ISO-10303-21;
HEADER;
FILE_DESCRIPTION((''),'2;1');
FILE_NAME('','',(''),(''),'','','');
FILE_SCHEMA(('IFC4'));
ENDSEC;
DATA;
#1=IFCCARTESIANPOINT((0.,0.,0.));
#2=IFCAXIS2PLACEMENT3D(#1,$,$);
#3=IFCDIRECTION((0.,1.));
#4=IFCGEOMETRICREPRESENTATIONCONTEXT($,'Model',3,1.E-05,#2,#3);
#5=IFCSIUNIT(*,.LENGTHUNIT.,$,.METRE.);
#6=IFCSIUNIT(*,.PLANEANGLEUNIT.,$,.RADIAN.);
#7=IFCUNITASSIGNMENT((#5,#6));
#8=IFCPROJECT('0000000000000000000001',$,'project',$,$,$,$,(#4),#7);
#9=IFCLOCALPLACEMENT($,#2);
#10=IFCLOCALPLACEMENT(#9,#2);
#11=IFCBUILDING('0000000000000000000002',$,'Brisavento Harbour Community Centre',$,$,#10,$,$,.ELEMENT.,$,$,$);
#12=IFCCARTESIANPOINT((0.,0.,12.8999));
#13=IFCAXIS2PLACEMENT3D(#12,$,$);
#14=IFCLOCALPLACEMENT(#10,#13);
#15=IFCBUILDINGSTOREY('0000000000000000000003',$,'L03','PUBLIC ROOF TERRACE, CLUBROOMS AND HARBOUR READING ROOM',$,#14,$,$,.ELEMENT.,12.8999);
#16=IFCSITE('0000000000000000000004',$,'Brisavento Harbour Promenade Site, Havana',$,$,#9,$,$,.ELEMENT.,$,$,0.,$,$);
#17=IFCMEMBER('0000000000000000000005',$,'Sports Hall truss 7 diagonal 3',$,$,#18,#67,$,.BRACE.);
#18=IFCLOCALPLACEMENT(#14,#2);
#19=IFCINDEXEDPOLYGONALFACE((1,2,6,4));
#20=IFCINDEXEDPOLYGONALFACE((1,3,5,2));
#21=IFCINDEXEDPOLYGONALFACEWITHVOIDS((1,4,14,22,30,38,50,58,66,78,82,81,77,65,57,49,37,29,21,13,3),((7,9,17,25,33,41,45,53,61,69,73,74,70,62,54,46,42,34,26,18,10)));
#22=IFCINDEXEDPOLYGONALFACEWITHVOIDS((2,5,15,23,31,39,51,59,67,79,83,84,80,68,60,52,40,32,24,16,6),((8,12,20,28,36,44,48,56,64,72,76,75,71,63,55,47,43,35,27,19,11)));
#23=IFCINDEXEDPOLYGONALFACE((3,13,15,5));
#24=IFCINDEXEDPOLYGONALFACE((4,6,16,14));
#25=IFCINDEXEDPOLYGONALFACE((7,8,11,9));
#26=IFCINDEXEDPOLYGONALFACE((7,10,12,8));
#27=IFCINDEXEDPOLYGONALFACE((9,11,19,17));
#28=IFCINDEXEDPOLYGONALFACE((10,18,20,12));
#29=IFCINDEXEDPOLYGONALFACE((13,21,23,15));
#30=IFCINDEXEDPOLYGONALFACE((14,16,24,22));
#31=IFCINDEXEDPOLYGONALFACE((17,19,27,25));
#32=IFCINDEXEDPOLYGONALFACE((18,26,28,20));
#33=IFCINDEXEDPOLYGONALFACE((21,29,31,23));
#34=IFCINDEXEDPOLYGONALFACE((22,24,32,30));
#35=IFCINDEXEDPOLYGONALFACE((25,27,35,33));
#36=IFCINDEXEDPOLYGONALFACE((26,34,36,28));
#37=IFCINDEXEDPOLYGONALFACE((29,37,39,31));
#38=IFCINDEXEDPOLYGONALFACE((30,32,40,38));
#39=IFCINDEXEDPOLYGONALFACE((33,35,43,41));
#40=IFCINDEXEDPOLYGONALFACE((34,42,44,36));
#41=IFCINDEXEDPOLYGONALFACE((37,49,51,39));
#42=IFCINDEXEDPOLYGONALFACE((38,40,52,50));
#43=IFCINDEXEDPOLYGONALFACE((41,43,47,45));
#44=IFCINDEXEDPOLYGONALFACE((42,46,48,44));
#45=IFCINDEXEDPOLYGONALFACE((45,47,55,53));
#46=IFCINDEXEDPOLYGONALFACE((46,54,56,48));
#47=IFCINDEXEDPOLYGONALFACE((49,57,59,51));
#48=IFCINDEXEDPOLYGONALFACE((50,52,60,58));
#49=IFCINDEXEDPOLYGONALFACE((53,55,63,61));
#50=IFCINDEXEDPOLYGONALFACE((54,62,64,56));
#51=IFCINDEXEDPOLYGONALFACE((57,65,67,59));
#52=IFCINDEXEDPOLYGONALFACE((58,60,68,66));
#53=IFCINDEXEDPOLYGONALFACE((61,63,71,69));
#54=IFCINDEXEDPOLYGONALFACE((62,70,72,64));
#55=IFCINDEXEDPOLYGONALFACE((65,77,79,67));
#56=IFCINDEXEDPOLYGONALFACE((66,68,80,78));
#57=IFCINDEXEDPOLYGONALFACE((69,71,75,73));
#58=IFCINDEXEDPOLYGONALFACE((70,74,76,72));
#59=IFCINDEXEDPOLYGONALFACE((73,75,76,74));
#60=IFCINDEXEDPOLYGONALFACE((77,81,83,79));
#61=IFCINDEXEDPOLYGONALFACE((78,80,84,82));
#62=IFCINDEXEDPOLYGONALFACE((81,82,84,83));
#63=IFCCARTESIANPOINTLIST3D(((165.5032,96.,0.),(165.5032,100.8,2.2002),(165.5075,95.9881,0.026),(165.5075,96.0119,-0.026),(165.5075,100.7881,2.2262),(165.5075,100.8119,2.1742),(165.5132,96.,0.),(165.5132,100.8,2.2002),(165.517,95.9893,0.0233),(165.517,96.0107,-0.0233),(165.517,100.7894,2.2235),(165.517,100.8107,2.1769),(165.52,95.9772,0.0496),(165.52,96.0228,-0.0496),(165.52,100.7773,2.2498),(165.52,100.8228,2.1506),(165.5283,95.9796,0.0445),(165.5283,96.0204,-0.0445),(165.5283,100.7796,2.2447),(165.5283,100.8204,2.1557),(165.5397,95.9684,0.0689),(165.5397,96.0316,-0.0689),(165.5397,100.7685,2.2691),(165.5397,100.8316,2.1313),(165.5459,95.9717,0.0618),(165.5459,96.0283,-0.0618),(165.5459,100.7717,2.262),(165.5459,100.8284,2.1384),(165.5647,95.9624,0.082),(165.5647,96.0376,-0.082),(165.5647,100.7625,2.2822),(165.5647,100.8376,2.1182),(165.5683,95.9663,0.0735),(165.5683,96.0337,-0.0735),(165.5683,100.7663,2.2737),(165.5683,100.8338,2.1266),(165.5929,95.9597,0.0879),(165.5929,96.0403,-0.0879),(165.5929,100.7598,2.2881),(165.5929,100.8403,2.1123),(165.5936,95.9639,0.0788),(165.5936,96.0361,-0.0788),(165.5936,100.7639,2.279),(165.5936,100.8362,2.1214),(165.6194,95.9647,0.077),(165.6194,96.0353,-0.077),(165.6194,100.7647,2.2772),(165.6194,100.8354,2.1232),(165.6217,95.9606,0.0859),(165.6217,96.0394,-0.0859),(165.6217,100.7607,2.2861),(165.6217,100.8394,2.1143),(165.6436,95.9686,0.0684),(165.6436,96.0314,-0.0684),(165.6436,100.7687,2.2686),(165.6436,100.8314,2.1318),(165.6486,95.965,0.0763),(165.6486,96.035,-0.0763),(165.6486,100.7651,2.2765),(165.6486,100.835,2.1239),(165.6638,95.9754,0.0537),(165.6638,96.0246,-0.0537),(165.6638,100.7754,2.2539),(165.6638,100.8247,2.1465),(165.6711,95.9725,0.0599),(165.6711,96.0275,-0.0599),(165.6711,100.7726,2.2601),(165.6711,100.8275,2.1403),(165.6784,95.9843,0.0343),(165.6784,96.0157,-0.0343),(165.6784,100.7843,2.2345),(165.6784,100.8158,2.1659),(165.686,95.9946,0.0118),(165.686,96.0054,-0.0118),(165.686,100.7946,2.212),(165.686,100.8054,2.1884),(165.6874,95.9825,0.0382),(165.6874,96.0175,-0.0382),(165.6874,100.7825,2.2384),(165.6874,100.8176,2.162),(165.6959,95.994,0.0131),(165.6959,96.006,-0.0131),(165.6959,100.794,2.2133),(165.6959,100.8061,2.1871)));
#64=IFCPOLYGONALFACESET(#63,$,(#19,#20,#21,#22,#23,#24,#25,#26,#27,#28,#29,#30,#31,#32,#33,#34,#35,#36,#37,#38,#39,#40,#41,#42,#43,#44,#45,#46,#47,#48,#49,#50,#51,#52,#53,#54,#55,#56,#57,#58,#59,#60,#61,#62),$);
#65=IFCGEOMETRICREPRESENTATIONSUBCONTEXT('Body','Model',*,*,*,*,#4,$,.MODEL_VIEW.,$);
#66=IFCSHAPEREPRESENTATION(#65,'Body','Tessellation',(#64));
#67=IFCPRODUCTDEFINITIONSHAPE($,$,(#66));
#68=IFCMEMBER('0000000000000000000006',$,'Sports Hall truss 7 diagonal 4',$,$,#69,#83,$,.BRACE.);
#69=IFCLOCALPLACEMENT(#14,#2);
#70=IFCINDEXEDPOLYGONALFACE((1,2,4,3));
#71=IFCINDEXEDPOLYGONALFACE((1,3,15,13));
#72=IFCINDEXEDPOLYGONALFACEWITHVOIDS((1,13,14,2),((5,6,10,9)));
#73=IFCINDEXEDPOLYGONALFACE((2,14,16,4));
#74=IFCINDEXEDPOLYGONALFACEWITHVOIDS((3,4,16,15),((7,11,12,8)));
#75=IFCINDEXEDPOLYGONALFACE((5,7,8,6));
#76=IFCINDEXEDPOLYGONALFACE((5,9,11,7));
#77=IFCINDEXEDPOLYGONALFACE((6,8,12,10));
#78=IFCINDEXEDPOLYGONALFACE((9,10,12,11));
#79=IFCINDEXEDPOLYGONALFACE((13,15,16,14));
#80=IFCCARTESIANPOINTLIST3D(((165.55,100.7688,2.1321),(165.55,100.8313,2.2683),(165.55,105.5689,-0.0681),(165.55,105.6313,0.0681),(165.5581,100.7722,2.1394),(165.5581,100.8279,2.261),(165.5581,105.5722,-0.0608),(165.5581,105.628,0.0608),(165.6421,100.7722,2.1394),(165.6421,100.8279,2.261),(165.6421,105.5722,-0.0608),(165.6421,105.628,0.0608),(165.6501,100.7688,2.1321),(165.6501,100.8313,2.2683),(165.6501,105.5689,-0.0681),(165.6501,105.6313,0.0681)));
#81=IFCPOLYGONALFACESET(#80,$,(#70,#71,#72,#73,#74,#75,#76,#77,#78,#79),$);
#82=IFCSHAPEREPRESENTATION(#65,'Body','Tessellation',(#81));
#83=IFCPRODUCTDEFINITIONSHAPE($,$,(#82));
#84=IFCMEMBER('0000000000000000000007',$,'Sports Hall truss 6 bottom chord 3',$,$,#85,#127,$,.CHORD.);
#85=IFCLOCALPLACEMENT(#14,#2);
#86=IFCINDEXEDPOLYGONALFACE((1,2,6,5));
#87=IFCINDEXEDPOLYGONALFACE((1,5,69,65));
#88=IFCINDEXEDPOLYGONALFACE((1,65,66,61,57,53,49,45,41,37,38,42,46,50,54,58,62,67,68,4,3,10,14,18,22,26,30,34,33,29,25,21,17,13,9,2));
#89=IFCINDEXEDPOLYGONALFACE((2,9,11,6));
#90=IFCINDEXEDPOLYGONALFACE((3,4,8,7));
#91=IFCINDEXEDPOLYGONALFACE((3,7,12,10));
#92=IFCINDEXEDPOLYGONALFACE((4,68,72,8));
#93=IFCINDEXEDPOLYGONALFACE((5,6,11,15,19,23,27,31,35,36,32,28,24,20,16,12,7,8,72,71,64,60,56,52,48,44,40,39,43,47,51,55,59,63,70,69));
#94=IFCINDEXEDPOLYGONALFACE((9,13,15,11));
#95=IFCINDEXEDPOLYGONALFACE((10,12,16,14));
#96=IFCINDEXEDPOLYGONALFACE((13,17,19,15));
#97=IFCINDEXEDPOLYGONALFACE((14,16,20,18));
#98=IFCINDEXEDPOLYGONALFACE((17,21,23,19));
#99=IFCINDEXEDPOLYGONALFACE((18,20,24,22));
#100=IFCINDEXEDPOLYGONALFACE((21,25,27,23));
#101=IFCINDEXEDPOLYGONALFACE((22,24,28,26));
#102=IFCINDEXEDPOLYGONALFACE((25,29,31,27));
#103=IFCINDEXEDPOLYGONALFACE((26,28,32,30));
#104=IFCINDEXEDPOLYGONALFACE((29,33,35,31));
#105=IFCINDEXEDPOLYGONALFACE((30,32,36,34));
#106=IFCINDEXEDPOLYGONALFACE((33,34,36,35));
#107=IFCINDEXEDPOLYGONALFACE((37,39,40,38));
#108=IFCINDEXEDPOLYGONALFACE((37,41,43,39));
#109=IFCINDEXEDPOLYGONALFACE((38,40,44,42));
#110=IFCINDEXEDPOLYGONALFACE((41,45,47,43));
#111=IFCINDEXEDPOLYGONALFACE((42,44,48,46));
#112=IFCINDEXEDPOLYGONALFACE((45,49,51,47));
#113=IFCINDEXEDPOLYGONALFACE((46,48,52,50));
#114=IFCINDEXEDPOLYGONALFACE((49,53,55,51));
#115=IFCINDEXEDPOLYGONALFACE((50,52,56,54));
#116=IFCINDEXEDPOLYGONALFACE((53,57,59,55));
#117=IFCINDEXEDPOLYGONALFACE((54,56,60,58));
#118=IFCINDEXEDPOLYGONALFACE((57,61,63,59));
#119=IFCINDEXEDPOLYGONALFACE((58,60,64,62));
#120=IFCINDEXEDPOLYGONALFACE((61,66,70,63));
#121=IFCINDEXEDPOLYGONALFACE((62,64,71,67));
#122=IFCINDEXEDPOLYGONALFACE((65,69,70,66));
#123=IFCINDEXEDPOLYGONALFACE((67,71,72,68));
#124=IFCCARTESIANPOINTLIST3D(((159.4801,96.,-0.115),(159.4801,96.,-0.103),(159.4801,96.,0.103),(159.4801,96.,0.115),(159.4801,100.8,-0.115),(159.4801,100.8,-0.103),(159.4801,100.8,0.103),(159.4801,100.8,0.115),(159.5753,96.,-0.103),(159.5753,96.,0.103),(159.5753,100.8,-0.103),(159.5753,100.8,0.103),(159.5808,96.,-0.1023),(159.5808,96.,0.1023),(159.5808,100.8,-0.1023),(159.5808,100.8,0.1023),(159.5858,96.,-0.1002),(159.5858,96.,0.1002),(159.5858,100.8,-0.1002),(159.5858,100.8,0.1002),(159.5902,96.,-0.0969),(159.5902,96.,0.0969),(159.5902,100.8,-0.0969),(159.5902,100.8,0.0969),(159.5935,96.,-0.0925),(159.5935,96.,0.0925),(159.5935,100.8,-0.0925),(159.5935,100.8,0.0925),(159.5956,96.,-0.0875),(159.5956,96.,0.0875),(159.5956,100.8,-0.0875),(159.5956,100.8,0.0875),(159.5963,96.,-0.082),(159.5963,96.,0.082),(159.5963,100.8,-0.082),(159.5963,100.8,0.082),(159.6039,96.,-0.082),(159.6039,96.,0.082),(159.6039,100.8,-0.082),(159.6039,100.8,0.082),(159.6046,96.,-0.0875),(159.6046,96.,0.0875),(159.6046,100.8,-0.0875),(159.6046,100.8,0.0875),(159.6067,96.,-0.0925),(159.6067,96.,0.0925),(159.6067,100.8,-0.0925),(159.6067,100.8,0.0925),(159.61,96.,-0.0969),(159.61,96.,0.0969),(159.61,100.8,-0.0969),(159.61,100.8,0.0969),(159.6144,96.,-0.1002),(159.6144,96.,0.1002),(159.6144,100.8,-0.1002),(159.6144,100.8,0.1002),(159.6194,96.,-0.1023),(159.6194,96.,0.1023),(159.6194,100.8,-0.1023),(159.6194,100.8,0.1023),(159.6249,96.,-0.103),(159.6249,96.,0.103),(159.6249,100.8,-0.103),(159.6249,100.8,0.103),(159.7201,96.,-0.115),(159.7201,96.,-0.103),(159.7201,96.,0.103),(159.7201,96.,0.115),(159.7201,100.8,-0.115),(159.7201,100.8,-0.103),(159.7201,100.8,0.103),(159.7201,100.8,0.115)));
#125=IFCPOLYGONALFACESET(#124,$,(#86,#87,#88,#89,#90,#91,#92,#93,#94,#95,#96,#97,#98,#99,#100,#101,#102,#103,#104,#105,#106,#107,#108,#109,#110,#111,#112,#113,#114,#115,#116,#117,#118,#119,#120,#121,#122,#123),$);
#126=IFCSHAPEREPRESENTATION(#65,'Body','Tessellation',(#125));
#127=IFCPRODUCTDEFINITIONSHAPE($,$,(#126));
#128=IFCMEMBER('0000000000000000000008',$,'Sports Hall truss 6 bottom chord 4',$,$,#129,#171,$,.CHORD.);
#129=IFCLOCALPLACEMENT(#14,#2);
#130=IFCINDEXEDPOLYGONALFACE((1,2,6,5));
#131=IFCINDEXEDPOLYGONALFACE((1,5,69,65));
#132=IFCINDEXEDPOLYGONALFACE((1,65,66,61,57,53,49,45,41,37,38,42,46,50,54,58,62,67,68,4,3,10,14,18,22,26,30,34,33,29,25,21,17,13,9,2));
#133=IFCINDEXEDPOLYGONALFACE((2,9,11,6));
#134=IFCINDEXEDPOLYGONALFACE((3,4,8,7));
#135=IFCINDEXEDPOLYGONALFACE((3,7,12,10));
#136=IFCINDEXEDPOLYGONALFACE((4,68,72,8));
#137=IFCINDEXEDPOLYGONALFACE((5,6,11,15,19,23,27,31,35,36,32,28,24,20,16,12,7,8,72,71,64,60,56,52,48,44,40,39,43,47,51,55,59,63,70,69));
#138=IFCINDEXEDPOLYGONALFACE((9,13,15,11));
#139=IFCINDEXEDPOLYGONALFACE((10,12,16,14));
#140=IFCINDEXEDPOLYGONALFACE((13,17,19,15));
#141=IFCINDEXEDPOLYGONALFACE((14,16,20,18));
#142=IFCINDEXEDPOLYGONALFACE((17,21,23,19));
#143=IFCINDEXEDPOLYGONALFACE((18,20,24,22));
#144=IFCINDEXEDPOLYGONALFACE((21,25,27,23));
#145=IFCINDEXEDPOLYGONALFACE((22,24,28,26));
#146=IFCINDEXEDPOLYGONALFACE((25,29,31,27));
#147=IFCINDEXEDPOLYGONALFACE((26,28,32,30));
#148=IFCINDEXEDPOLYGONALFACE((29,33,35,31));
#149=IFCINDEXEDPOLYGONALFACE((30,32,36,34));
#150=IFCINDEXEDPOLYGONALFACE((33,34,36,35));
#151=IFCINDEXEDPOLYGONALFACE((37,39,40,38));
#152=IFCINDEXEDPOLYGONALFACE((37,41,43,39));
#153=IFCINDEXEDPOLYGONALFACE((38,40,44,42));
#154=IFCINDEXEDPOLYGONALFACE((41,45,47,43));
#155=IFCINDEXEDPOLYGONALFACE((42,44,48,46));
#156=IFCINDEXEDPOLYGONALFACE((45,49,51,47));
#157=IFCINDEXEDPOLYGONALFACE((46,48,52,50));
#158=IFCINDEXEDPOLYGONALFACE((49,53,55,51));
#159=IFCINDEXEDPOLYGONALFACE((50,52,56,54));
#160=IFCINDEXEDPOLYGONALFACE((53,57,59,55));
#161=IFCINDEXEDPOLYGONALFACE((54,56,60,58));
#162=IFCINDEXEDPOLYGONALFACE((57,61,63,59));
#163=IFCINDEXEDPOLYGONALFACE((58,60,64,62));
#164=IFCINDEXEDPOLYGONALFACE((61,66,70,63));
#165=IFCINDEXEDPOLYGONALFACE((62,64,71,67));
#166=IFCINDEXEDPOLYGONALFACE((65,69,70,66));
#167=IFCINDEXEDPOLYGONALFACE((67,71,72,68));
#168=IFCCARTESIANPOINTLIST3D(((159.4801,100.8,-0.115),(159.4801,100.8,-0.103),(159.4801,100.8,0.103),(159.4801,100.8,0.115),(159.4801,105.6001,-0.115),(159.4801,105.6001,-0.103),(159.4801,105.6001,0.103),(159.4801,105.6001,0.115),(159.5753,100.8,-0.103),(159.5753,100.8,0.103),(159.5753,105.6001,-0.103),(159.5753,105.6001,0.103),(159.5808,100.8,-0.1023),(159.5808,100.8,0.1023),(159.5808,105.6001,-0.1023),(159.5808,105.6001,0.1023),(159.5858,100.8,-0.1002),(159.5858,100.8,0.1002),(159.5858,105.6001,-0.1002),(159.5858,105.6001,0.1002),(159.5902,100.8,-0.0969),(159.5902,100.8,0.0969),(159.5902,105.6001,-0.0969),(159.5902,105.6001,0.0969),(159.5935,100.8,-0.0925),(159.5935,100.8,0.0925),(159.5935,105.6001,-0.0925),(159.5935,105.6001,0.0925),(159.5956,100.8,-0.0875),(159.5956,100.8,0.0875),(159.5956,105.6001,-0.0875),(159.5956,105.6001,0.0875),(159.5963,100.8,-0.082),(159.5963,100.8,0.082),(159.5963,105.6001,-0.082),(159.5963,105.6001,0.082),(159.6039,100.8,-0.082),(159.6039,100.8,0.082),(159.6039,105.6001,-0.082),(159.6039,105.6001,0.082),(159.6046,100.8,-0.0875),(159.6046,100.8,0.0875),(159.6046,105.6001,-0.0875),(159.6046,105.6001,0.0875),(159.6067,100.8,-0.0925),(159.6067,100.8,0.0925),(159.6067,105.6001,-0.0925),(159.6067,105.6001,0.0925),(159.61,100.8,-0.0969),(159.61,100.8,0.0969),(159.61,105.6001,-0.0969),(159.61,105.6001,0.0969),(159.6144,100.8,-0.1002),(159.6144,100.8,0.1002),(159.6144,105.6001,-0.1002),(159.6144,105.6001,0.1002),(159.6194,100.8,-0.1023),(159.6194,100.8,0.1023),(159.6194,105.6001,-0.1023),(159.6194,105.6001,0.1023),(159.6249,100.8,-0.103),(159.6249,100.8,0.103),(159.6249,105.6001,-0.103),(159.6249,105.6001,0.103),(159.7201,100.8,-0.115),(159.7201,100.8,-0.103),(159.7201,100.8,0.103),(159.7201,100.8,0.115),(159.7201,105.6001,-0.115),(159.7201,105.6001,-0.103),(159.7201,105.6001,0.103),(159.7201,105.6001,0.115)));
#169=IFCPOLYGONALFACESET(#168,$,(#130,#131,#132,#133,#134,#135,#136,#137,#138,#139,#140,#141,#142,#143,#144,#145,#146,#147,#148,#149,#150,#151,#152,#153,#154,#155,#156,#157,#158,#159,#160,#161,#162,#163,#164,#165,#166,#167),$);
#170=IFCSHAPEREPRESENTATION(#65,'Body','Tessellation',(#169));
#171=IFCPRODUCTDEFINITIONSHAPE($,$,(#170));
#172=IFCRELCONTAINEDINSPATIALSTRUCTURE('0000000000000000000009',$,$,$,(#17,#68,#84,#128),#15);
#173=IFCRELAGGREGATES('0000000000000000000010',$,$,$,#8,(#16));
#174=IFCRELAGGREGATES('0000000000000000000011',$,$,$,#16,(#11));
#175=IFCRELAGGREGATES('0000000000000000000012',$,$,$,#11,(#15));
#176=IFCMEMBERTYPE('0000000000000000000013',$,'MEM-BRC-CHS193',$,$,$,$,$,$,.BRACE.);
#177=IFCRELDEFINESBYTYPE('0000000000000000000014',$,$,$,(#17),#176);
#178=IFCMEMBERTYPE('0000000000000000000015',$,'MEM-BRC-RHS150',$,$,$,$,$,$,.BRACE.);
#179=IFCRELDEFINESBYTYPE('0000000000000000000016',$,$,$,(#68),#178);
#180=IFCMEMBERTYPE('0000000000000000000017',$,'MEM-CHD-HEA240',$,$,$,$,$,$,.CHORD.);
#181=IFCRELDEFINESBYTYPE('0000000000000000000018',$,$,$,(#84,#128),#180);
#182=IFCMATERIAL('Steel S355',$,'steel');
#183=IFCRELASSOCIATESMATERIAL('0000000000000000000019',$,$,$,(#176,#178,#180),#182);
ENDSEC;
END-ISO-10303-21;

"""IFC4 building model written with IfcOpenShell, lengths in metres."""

from ifc_helpers import new_model, si_unit, direction, frame, origin, origin_2d, place, context, subcontext, project, spatial, hollow_rectangle, hollow_circle, i_section, extrude, material, material_profile, profile_set, type_object, element, save


model = new_model("IFC4")

# Units and contexts
model_context = context("Model", 3, precision=1e-05, world=origin(), true_north=direction((0.0, 1.0)))
body_context = subcontext(model_context, "Body", "Model", "MODEL_VIEW")
ifc_project = project(units=[si_unit("LENGTHUNIT", "METRE"), si_unit("PLANEANGLEUNIT", "RADIAN")], contexts=[model_context])

# Site, building, storey
site_placement = place(None, origin())
site = spatial("IfcSite", under=ifc_project, at=site_placement, Name="Brisavento Harbour Promenade Site, Havana", CompositionType="ELEMENT", RefElevation=0.0)
building_placement = place(site_placement, origin())
building = spatial("IfcBuilding", under=site, at=building_placement, Name="Brisavento Harbour Community Centre", CompositionType="ELEMENT")
storey_placement = place(building_placement, frame((0.0, 0.0, 12.8999)))
storey = spatial("IfcBuildingStorey", under=building, at=storey_placement, Name="L03", Description="PUBLIC ROOF TERRACE, CLUBROOMS AND HARBOUR READING ROOM", CompositionType="ELEMENT", Elevation=12.8999)

# Members
ifc_material_1 = material(Name="Steel S355", Category="steel")
ifc_material_profile_1 = material_profile(ifc_material_1, hollow_circle(Radius=0.0969, WallThickness=0.01, at=origin_2d()), Name="Steel S355")
ifc_profile_set_1 = profile_set([ifc_material_profile_1], Name="Steel S355")
member_type_1 = type_object("IfcMemberType", Name="MEM-BRC-CHS193", PredefinedType="BRACE", material=ifc_profile_set_1)
for number, where, z_axis, x_axis, name in (
    (1, (165.6001, 96.0, 0.0), (0.0, 0.909052, 0.416682), (-1.0, 0.0, 0.0), "Sports Hall truss 7 diagonal 3"),
):
    element("IfcMember", number, at=place(storey_placement, frame(where, z_axis=z_axis, x_axis=x_axis)), inside=storey, type_object=member_type_1, Name=name, PredefinedType="BRACE", context=body_context, shape_type="SweptSolid", body=[
        extrude(hollow_circle(Radius=0.0969, WallThickness=0.01, at=origin_2d()), origin(), (0.0, 0.0, 1.0), 5.2803),
    ])
ifc_material_profile_2 = material_profile(ifc_material_1, hollow_rectangle(XDim=0.1001, YDim=0.1499, WallThickness=0.0081, at=origin_2d()), Name="Steel S355")
ifc_profile_set_2 = profile_set([ifc_material_profile_2], Name="Steel S355")
member_type_2 = type_object("IfcMemberType", Name="MEM-BRC-RHS150", PredefinedType="BRACE", material=ifc_profile_set_2)
member_1_placement = place(storey_placement, frame((165.6001, 100.8, 2.2002), z_axis=(0.0, 0.909052, -0.416682), x_axis=(-1.0, 0.0, 0.0)))
element("IfcMember", 2, at=member_1_placement, inside=storey, type_object=member_type_2, Name="Sports Hall truss 7 diagonal 4", PredefinedType="BRACE", context=body_context, shape_type="SweptSolid", body=[
    extrude(hollow_rectangle(XDim=0.1001, YDim=0.1499, WallThickness=0.0081, at=origin_2d()), origin(), (0.0, 0.0, 1.0), 5.2803),
])
ifc_material_profile_3 = material_profile(ifc_material_1, i_section(OverallWidth=0.24, OverallDepth=0.23, WebThickness=0.0076, FlangeThickness=0.012, FilletRadius=0.021, at=origin_2d()), Name="Steel S355")
ifc_profile_set_3 = profile_set([ifc_material_profile_3], Name="Steel S355")
member_type_3 = type_object("IfcMemberType", Name="MEM-CHD-HEA240", PredefinedType="CHORD", material=ifc_profile_set_3)
for number, where, z_axis, x_axis, name in (
    (3, (159.6001, 96.0, 0.0), (0.0, 1.0, 0.0), (-1.0, 0.0, 0.0), "Sports Hall truss 6 bottom chord 3"),
    (4, (159.6001, 100.8, 0.0), (0.0, 1.0, 0.0), (-1.0, 0.0, 0.0), "Sports Hall truss 6 bottom chord 4"),
):
    element("IfcMember", number, at=place(storey_placement, frame(where, z_axis=z_axis, x_axis=x_axis)), inside=storey, type_object=member_type_3, Name=name, PredefinedType="CHORD", context=body_context, shape_type="SweptSolid", body=[
        extrude(i_section(OverallWidth=0.24, OverallDepth=0.23, WebThickness=0.0076, FlangeThickness=0.012, FilletRadius=0.021, at=origin_2d()), origin(), (0.0, 0.0, 1.0), 4.8),
    ])

save(model, "model.ifc")
